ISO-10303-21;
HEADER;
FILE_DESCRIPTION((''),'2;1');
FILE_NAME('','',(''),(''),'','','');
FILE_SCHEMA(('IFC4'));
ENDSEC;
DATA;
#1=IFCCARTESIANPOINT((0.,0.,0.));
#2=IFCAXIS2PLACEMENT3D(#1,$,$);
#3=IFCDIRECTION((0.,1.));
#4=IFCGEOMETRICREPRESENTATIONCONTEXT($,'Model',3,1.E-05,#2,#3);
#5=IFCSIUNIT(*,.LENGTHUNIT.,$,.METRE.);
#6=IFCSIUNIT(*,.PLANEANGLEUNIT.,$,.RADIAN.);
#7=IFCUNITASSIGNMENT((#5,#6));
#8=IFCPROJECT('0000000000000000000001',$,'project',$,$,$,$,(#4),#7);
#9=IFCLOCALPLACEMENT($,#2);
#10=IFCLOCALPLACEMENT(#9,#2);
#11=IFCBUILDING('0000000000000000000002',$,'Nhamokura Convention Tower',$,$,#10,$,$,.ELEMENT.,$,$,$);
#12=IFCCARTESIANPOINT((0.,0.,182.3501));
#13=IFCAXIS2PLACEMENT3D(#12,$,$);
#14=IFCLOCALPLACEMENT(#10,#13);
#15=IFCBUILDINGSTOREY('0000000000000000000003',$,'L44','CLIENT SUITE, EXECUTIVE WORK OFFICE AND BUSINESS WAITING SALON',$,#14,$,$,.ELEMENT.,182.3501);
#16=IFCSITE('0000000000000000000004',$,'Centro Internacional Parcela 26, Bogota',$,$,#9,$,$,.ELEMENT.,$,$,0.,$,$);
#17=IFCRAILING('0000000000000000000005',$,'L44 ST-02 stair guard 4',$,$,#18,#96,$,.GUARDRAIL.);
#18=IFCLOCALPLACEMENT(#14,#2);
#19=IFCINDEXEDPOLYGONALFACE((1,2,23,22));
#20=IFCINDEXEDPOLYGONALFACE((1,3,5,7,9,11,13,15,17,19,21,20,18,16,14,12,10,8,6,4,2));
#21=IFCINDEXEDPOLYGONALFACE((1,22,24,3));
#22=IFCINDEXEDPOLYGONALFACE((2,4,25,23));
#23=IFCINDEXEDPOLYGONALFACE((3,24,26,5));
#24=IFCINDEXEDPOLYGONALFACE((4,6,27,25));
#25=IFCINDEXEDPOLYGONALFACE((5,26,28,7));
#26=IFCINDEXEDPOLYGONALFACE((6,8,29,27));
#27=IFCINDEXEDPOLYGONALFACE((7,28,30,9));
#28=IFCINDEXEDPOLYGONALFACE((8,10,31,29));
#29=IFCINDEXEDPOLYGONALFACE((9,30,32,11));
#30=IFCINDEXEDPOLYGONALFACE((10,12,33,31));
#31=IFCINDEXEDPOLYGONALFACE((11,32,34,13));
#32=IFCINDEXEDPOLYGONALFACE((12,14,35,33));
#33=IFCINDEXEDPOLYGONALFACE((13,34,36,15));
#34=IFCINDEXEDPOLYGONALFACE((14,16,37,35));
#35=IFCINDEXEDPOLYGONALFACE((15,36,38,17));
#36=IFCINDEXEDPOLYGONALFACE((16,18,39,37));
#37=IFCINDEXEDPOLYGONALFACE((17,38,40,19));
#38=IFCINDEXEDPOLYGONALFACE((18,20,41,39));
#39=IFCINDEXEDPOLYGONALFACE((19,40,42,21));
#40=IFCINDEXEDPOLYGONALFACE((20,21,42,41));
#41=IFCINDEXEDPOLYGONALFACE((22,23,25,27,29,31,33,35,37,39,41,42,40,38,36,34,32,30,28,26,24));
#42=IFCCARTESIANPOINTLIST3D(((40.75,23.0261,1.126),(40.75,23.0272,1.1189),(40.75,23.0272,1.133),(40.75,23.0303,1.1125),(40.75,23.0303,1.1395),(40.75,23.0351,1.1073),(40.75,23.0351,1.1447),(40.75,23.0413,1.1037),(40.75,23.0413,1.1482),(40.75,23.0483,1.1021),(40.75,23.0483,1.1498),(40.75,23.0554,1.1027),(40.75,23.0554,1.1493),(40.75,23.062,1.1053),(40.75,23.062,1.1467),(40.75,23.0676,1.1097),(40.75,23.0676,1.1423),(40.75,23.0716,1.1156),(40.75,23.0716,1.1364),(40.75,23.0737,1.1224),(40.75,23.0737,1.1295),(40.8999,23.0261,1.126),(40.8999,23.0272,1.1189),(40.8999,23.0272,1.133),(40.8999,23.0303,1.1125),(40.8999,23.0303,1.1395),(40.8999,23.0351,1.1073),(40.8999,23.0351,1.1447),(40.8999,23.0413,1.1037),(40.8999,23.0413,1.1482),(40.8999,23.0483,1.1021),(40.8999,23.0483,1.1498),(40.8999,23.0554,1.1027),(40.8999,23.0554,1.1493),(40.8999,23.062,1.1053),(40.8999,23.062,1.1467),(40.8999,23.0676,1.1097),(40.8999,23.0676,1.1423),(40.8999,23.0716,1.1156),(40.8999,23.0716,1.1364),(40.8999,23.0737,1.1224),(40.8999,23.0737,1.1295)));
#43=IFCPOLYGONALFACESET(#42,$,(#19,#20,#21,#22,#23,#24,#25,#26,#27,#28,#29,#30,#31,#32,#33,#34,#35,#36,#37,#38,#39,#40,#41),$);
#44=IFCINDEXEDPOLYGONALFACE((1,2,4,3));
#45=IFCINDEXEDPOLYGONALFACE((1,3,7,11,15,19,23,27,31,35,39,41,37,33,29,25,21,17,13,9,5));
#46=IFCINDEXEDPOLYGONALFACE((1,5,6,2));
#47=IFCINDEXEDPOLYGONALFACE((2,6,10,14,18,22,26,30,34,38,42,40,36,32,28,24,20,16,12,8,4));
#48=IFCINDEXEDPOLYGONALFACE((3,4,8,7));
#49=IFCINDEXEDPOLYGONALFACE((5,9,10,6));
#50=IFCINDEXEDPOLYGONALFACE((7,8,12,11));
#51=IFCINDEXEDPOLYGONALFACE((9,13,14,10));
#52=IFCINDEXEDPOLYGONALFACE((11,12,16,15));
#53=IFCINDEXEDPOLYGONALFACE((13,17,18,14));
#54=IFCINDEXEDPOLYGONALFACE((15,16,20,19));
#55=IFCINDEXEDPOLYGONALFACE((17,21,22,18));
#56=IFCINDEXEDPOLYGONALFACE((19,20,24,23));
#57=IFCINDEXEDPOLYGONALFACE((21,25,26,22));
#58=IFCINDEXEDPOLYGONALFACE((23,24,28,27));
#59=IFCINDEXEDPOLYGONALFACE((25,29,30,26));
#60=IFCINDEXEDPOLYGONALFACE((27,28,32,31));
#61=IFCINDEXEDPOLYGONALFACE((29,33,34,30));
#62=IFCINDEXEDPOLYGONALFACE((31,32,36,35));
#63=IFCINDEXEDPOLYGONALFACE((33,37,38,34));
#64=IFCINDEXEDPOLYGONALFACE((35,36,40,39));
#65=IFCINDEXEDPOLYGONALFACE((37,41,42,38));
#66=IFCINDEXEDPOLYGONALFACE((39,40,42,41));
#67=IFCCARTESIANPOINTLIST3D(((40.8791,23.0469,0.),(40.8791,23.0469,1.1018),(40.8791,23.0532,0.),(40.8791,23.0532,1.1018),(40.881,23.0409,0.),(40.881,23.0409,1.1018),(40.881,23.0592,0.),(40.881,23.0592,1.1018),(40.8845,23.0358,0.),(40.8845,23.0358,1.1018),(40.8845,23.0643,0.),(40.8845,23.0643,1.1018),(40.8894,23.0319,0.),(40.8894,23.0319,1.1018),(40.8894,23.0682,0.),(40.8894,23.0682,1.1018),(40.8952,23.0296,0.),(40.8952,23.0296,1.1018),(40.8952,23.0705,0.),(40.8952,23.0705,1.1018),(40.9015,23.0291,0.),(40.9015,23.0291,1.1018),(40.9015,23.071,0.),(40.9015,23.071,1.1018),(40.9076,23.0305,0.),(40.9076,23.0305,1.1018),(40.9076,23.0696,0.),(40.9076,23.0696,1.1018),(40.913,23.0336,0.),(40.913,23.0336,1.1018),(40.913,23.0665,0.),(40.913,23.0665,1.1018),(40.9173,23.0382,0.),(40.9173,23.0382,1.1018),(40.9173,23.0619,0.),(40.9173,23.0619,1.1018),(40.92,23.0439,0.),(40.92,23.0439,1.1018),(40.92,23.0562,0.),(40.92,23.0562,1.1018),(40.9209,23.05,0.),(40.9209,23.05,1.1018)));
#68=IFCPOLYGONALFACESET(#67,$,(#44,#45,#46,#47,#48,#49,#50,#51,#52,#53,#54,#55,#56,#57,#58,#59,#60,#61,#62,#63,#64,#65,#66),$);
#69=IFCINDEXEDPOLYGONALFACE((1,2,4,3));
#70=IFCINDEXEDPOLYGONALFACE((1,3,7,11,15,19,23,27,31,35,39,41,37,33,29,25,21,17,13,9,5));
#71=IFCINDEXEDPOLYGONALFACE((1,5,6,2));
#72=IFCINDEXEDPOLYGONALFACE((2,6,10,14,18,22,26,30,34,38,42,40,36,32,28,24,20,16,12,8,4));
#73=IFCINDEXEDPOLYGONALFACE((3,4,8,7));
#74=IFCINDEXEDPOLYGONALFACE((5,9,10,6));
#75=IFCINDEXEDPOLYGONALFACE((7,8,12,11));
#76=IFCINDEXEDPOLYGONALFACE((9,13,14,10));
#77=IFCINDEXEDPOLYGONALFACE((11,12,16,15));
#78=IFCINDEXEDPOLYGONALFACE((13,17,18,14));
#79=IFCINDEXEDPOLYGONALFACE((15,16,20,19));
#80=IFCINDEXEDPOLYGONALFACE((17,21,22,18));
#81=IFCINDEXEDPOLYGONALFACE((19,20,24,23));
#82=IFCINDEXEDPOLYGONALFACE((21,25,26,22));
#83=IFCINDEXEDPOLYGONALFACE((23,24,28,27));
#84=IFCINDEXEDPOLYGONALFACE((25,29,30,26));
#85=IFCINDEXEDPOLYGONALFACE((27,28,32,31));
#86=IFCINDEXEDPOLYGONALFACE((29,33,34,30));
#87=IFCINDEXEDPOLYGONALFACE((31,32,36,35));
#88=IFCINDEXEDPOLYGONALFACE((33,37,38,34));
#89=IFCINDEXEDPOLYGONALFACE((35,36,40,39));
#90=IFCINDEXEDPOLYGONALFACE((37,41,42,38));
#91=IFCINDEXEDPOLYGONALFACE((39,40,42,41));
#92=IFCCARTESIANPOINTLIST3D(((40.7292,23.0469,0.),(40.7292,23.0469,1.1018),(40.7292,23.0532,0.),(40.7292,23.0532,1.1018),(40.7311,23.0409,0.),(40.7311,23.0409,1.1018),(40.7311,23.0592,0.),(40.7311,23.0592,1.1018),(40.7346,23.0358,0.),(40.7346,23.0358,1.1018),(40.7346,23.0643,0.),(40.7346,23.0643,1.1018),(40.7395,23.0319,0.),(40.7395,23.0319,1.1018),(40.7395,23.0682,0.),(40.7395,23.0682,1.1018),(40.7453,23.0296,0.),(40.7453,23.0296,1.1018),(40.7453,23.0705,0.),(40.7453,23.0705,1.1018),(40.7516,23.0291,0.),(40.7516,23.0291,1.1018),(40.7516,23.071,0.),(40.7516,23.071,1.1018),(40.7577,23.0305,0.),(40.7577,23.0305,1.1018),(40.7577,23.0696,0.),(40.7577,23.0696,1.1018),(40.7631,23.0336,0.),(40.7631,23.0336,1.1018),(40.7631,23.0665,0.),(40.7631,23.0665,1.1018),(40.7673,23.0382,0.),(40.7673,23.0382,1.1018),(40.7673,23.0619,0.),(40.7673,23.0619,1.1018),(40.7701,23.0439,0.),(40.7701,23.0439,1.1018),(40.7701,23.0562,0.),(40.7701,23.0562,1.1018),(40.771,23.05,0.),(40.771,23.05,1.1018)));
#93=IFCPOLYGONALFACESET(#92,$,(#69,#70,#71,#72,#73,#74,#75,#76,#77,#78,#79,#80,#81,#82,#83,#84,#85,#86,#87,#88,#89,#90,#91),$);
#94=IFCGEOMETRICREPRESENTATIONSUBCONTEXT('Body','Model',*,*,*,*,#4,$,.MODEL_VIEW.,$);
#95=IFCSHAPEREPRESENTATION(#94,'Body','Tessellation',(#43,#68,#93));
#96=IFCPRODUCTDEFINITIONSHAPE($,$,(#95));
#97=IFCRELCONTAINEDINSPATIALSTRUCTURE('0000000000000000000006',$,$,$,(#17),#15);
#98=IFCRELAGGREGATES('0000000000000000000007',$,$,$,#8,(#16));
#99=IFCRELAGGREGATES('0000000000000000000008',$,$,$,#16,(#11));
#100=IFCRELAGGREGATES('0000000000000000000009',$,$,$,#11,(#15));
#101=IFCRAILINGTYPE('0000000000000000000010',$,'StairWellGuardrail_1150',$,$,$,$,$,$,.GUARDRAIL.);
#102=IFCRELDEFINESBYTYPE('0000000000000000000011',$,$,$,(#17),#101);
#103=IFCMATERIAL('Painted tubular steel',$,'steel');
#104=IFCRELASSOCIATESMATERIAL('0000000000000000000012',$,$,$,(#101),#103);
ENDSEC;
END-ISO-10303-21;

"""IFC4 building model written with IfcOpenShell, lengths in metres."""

from ifc_helpers import new_model, si_unit, direction, frame, origin, origin_2d, place, context, subcontext, project, spatial, circle, extrude, material, type_object, element, save


model = new_model("IFC4")

# Units and contexts
model_context = context("Model", 3, precision=1e-05, world=origin(), true_north=direction((0.0, 1.0)))
body_context = subcontext(model_context, "Body", "Model", "MODEL_VIEW")
ifc_project = project(units=[si_unit("LENGTHUNIT", "METRE"), si_unit("PLANEANGLEUNIT", "RADIAN")], contexts=[model_context])

# Site, building, storey
site_placement = place(None, origin())
site = spatial("IfcSite", under=ifc_project, at=site_placement, Name="Centro Internacional Parcela 26, Bogota", CompositionType="ELEMENT", RefElevation=0.0)
building_placement = place(site_placement, origin())
building = spatial("IfcBuilding", under=site, at=building_placement, Name="Nhamokura Convention Tower", CompositionType="ELEMENT")
storey_placement = place(building_placement, frame((0.0, 0.0, 182.3501)))
storey = spatial("IfcBuildingStorey", under=building, at=storey_placement, Name="L44", Description="CLIENT SUITE, EXECUTIVE WORK OFFICE AND BUSINESS WAITING SALON", CompositionType="ELEMENT", Elevation=182.3501)

# Railing
ifc_material_1 = material(Name="Painted tubular steel", Category="steel")
railing_type_1 = type_object("IfcRailingType", Name="StairWellGuardrail_1150", PredefinedType="GUARDRAIL", material=ifc_material_1)
railing_1_placement = place(storey_placement, frame((40.8999, 23.05, 0.0)))
element("IfcRailing", 1, at=railing_1_placement, inside=storey, type_object=railing_type_1, Name="L44 ST-02 stair guard 4", PredefinedType="GUARDRAIL", context=body_context, shape_type="SweptSolid", body=[
    extrude(circle(Radius=0.0239, at=origin_2d()), frame((0.0, 0.0, 1.126), z_axis=(-1.0, 0.0, 0.0), x_axis=(0.0, -1.0, 0.0)), (0.0, 0.0, 1.0), 0.1499),
    extrude(circle(Radius=0.021, at=origin_2d()), origin(), (0.0, 0.0, 1.0), 1.1018),
    extrude(circle(Radius=0.021, at=origin_2d()), frame((-0.1499, 0.0, 0.0)), (0.0, 0.0, 1.0), 1.1018),
])

save(model, "model.ifc")
